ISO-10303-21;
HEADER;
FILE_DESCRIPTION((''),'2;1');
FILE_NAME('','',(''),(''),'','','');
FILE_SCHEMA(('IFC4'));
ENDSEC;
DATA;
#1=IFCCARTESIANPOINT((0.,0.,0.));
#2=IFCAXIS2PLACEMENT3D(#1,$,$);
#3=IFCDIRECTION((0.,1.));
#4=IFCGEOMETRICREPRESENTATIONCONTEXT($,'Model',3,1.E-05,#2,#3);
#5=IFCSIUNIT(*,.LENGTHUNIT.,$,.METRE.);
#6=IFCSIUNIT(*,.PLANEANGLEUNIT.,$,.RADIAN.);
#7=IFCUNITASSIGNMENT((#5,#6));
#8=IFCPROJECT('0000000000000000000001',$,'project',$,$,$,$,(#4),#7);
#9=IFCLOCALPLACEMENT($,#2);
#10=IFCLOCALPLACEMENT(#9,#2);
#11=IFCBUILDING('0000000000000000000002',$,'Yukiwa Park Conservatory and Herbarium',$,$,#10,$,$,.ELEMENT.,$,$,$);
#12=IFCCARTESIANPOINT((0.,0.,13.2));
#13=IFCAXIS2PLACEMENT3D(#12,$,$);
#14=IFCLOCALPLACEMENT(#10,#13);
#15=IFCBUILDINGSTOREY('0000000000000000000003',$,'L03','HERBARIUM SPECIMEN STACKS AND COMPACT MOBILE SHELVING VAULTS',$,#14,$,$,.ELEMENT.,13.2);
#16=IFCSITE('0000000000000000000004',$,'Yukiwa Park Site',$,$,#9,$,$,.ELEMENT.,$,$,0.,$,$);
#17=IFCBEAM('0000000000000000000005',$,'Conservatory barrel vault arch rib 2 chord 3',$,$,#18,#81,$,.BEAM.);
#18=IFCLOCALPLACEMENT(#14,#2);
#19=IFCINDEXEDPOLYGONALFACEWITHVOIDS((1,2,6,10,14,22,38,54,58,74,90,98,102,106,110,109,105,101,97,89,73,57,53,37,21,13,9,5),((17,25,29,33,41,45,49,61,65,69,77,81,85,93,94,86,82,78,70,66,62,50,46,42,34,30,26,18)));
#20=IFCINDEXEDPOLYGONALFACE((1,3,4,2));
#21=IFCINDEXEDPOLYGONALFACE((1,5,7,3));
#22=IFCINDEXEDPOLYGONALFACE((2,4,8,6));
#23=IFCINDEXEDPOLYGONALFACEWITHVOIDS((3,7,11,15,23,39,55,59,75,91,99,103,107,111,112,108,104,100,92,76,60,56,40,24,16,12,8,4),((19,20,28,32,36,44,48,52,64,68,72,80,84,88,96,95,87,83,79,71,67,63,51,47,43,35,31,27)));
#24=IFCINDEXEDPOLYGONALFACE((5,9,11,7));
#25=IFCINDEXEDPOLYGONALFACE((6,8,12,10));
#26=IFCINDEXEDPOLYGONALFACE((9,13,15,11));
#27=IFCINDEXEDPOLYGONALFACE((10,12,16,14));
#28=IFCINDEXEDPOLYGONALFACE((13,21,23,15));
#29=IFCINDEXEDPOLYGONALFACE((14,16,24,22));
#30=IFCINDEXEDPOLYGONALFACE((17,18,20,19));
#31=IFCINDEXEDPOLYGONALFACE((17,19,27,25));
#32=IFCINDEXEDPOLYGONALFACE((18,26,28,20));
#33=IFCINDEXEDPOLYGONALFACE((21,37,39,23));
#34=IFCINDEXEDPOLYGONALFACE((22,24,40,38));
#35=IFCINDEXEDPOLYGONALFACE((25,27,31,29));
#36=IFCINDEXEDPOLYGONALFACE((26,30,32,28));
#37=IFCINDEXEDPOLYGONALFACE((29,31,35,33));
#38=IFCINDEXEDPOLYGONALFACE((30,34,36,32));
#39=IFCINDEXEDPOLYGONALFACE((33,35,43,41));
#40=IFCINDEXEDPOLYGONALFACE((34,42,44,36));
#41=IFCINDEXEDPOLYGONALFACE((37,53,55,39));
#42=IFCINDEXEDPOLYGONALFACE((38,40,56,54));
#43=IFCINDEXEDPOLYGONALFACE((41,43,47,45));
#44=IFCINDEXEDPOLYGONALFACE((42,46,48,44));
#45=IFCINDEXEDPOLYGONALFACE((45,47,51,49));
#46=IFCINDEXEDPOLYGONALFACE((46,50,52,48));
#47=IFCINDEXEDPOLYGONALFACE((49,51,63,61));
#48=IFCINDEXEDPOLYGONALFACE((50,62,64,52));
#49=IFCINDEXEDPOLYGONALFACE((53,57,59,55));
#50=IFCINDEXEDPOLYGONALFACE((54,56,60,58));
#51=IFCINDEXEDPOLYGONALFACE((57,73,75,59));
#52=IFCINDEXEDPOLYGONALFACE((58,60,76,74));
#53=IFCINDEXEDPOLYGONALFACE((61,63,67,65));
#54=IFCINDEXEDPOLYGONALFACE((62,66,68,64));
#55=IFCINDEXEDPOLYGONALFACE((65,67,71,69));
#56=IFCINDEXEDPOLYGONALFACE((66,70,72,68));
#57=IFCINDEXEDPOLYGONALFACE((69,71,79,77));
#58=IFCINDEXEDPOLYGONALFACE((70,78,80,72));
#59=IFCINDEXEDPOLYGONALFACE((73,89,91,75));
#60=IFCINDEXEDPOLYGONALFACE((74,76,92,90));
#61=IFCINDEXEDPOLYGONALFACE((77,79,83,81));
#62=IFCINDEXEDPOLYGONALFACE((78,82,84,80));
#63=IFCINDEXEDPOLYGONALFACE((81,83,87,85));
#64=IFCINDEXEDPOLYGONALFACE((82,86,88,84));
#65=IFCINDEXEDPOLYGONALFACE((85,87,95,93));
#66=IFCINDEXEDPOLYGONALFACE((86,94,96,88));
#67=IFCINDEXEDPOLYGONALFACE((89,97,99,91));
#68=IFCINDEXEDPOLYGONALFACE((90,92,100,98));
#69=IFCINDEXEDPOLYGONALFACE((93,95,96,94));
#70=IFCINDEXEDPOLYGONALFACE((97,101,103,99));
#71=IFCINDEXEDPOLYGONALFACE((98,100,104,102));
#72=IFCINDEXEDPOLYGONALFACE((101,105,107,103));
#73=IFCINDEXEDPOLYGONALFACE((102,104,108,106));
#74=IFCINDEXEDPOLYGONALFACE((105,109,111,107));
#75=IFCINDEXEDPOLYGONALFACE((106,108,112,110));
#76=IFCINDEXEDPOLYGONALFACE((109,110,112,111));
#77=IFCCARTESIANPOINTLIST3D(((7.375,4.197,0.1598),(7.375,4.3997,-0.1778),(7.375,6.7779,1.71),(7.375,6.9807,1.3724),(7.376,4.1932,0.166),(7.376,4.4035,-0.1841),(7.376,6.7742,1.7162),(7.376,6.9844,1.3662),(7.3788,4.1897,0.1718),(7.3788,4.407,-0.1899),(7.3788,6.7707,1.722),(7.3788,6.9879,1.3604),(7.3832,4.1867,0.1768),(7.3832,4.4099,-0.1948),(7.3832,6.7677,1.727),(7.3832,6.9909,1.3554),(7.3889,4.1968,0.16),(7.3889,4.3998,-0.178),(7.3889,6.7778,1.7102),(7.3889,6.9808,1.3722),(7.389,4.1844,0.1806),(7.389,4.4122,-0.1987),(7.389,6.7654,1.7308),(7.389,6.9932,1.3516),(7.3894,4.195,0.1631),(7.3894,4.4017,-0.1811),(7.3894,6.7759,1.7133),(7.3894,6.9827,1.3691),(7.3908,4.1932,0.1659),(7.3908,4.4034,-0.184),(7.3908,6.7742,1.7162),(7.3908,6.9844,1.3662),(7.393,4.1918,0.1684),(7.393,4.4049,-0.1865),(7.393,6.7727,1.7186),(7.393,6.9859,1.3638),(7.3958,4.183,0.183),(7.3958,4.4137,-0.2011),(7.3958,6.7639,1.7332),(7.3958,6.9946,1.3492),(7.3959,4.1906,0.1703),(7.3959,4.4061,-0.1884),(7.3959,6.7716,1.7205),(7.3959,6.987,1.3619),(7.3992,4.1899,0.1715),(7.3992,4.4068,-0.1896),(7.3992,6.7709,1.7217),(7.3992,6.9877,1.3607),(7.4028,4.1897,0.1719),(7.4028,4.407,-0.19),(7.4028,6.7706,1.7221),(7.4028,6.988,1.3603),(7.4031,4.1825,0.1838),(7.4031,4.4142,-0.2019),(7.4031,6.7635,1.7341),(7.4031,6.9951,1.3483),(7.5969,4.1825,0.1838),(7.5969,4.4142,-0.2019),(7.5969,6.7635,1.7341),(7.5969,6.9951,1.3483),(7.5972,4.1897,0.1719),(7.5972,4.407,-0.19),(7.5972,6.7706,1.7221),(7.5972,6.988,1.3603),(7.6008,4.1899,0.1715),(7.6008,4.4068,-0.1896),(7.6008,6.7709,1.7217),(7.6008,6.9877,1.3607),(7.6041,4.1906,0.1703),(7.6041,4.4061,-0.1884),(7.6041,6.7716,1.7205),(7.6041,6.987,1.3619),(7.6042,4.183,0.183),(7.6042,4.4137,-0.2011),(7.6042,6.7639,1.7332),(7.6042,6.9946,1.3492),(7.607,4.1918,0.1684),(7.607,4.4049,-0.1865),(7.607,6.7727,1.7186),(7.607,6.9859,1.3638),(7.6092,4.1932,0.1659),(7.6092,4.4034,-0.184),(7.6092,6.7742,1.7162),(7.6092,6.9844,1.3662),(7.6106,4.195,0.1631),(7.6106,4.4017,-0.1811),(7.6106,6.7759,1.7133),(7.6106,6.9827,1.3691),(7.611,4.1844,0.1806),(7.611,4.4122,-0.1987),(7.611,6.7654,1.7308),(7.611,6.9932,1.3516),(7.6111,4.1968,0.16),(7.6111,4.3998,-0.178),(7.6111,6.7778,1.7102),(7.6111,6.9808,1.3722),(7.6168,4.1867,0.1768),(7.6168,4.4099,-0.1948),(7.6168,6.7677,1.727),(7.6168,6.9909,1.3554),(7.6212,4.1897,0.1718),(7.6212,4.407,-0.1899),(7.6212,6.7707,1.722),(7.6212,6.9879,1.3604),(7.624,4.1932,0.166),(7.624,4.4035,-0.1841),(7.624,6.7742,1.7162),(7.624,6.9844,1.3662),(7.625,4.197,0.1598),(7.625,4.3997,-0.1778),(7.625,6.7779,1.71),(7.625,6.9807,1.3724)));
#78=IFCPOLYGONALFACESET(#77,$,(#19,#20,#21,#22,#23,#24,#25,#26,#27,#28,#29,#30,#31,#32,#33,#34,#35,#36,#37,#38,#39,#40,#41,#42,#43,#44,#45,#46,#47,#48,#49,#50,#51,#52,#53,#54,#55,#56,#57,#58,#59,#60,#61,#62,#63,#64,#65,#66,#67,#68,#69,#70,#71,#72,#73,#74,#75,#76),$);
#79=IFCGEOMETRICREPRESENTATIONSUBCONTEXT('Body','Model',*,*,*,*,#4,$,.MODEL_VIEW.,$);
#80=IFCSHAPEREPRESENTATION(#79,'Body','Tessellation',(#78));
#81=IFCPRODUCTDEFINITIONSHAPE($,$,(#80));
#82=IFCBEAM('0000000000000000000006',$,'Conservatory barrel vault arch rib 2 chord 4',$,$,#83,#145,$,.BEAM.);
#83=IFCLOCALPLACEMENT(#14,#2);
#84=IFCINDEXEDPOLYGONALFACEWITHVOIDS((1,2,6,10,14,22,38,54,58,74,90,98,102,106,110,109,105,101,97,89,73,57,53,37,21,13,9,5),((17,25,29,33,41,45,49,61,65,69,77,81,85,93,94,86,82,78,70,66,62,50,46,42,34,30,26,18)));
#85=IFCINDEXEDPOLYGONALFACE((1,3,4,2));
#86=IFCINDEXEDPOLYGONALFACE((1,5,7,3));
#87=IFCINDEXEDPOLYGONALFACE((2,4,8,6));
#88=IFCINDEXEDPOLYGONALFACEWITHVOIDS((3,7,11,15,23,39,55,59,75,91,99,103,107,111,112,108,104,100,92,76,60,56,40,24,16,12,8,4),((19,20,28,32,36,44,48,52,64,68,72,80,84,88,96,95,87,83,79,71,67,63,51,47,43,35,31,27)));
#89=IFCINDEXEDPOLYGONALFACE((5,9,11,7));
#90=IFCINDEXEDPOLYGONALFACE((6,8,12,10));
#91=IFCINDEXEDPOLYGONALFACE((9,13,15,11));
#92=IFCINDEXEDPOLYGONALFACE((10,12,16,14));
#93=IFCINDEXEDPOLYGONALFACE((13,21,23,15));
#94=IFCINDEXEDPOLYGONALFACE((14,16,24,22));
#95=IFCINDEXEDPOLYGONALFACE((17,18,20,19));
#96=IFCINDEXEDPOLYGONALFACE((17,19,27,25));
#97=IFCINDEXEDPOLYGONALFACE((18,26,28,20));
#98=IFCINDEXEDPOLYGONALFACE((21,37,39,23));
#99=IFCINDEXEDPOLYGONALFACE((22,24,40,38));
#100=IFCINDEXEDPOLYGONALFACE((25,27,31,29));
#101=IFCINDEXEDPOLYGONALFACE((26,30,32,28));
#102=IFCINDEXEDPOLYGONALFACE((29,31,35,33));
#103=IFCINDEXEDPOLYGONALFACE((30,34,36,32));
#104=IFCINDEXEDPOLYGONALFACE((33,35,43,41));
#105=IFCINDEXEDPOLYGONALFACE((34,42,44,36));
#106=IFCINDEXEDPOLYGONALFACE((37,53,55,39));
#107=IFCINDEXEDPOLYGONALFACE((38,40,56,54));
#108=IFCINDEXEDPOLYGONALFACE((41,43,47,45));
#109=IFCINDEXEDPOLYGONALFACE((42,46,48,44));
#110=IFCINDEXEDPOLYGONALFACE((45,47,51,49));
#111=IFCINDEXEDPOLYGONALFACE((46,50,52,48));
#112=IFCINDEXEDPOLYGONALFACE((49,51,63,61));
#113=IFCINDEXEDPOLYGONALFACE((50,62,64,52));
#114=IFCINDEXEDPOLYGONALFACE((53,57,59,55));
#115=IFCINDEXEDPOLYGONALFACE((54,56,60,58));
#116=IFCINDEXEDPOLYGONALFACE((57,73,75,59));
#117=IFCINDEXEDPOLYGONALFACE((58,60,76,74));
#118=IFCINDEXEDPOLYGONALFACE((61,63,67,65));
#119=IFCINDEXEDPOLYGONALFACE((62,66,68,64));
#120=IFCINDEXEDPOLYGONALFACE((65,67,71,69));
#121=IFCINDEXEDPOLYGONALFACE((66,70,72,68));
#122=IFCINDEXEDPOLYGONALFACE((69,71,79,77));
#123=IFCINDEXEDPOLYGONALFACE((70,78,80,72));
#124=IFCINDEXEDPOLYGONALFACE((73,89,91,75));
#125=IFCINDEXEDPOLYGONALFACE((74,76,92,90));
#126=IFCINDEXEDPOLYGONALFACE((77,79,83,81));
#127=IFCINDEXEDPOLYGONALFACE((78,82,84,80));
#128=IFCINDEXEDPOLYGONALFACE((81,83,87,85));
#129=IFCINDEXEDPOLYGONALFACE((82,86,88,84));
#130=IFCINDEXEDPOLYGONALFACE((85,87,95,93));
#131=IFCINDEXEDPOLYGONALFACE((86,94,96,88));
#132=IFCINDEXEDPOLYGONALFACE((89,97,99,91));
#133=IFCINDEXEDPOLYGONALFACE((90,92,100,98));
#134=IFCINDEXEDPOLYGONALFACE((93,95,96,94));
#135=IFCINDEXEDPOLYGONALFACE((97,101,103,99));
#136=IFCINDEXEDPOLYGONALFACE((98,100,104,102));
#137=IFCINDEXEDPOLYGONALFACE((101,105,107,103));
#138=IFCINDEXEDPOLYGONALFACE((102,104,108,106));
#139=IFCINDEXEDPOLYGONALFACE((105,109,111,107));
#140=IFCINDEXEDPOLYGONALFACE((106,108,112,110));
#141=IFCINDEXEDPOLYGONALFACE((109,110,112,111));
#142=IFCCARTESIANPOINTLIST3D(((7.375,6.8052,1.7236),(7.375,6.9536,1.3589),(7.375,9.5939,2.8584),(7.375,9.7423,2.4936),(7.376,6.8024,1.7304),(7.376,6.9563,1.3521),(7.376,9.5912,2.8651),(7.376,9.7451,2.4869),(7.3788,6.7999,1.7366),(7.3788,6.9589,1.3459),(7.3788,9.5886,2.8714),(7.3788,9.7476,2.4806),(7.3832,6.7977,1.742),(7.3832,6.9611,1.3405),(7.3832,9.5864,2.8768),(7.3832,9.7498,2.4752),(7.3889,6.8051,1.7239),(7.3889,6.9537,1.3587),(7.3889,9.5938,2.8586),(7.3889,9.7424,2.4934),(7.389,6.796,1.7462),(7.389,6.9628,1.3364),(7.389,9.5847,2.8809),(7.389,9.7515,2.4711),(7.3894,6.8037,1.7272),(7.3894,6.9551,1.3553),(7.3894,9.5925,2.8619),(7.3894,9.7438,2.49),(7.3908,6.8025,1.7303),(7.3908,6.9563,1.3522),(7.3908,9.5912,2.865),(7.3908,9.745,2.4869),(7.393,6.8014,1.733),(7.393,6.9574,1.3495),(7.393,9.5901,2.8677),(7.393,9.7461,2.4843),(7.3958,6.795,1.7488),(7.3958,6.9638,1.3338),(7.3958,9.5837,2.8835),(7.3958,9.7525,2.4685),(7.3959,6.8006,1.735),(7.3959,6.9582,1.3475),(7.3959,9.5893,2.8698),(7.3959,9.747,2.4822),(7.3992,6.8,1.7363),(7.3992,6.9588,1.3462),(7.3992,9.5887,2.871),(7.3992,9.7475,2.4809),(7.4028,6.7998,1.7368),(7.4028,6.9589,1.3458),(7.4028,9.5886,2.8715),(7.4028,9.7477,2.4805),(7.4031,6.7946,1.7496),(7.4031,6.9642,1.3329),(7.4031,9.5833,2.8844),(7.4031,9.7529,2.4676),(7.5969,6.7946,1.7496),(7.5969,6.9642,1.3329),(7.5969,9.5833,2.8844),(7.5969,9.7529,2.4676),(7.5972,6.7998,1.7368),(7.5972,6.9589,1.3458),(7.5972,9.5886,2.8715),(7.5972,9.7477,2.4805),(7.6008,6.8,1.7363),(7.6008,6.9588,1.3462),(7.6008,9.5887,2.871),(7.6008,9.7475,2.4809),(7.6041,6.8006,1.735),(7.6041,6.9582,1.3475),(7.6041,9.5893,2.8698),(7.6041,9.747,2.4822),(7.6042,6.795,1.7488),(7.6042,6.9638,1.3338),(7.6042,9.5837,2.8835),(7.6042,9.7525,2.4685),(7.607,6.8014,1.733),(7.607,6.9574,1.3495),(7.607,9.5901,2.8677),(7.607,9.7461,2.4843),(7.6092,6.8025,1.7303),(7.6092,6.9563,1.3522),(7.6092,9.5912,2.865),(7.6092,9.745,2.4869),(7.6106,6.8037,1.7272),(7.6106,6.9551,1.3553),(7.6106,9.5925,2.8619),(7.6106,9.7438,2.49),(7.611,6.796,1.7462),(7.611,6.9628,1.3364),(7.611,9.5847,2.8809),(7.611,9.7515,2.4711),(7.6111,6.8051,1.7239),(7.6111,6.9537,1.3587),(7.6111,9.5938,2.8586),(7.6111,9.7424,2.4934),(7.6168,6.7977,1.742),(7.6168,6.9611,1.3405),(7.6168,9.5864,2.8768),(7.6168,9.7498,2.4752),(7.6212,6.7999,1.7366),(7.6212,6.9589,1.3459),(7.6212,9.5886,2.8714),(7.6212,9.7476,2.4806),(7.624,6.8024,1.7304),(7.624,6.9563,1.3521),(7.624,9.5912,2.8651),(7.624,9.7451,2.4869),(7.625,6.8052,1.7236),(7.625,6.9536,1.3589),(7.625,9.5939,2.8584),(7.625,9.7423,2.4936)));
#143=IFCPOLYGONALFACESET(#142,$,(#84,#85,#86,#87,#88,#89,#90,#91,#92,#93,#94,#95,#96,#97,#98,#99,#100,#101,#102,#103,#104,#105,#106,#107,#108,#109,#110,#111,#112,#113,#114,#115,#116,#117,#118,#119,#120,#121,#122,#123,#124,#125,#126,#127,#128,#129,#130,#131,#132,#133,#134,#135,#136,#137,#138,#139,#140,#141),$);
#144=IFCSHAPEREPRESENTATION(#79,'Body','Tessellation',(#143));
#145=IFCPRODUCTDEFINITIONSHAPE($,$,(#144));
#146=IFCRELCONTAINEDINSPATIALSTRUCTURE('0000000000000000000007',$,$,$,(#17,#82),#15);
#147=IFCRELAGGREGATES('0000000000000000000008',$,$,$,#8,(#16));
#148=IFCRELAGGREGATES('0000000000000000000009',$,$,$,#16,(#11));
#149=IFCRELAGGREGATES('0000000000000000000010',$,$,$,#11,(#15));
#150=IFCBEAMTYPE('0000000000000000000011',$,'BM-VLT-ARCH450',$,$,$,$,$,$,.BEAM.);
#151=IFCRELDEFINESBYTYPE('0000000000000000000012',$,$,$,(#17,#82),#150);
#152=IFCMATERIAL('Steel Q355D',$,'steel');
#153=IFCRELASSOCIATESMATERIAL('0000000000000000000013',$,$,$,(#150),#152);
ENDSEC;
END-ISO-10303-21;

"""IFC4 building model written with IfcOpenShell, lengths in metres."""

from ifc_helpers import new_model, si_unit, direction, frame, origin, origin_2d, place, context, subcontext, project, spatial, hollow_rectangle, extrude, material, material_profile, profile_set, type_object, element, save


model = new_model("IFC4")

# Units and contexts
model_context = context("Model", 3, precision=1e-05, world=origin(), true_north=direction((0.0, 1.0)))
body_context = subcontext(model_context, "Body", "Model", "MODEL_VIEW")
ifc_project = project(units=[si_unit("LENGTHUNIT", "METRE"), si_unit("PLANEANGLEUNIT", "RADIAN")], contexts=[model_context])

# Site, building, storey
site_placement = place(None, origin())
site = spatial("IfcSite", under=ifc_project, at=site_placement, Name="Yukiwa Park Site", CompositionType="ELEMENT", RefElevation=0.0)
building_placement = place(site_placement, origin())
building = spatial("IfcBuilding", under=site, at=building_placement, Name="Yukiwa Park Conservatory and Herbarium", CompositionType="ELEMENT")
storey_placement = place(building_placement, frame((0.0, 0.0, 13.2)))
storey = spatial("IfcBuildingStorey", under=building, at=storey_placement, Name="L03", Description="HERBARIUM SPECIMEN STACKS AND COMPACT MOBILE SHELVING VAULTS", CompositionType="ELEMENT", Elevation=13.2)

# Beams
ifc_material_1 = material(Name="Steel Q355D", Category="steel")
ifc_material_profile_1 = material_profile(ifc_material_1, hollow_rectangle(XDim=0.25, YDim=0.45, WallThickness=0.0139, InnerFilletRadius=0.0139, OuterFilletRadius=0.0281, at=origin_2d()), Name="RHS 450x250x14")
ifc_profile_set_1 = profile_set([ifc_material_profile_1], Name="Steel Q355D")
beam_type_1 = type_object("IfcBeamType", Name="BM-VLT-ARCH450", PredefinedType="BEAM", material=ifc_profile_set_1)
for number, where, z_axis, x_axis, name in (
    (1, (7.5, 4.2983, -0.009), (0.0, 0.85725, 0.514901), (-1.0, 0.0, 0.0), "Conservatory barrel vault arch rib 2 chord 3"),
    (2, (7.5, 6.8794, 1.5413), (0.0, 0.926257, 0.376892), (-1.0, 0.0, 0.0), "Conservatory barrel vault arch rib 2 chord 4"),
):
    element("IfcBeam", number, at=place(storey_placement, frame(where, z_axis=z_axis, x_axis=x_axis)), inside=storey, type_object=beam_type_1, Name=name, PredefinedType="BEAM", context=body_context, shape_type="SweptSolid", body=[
        extrude(hollow_rectangle(XDim=0.25, YDim=0.45, WallThickness=0.0139, InnerFilletRadius=0.0139, OuterFilletRadius=0.0281, at=origin_2d()), origin(), (0.0, 0.0, 1.0), 3.0107),
    ])

save(model, "model.ifc")
